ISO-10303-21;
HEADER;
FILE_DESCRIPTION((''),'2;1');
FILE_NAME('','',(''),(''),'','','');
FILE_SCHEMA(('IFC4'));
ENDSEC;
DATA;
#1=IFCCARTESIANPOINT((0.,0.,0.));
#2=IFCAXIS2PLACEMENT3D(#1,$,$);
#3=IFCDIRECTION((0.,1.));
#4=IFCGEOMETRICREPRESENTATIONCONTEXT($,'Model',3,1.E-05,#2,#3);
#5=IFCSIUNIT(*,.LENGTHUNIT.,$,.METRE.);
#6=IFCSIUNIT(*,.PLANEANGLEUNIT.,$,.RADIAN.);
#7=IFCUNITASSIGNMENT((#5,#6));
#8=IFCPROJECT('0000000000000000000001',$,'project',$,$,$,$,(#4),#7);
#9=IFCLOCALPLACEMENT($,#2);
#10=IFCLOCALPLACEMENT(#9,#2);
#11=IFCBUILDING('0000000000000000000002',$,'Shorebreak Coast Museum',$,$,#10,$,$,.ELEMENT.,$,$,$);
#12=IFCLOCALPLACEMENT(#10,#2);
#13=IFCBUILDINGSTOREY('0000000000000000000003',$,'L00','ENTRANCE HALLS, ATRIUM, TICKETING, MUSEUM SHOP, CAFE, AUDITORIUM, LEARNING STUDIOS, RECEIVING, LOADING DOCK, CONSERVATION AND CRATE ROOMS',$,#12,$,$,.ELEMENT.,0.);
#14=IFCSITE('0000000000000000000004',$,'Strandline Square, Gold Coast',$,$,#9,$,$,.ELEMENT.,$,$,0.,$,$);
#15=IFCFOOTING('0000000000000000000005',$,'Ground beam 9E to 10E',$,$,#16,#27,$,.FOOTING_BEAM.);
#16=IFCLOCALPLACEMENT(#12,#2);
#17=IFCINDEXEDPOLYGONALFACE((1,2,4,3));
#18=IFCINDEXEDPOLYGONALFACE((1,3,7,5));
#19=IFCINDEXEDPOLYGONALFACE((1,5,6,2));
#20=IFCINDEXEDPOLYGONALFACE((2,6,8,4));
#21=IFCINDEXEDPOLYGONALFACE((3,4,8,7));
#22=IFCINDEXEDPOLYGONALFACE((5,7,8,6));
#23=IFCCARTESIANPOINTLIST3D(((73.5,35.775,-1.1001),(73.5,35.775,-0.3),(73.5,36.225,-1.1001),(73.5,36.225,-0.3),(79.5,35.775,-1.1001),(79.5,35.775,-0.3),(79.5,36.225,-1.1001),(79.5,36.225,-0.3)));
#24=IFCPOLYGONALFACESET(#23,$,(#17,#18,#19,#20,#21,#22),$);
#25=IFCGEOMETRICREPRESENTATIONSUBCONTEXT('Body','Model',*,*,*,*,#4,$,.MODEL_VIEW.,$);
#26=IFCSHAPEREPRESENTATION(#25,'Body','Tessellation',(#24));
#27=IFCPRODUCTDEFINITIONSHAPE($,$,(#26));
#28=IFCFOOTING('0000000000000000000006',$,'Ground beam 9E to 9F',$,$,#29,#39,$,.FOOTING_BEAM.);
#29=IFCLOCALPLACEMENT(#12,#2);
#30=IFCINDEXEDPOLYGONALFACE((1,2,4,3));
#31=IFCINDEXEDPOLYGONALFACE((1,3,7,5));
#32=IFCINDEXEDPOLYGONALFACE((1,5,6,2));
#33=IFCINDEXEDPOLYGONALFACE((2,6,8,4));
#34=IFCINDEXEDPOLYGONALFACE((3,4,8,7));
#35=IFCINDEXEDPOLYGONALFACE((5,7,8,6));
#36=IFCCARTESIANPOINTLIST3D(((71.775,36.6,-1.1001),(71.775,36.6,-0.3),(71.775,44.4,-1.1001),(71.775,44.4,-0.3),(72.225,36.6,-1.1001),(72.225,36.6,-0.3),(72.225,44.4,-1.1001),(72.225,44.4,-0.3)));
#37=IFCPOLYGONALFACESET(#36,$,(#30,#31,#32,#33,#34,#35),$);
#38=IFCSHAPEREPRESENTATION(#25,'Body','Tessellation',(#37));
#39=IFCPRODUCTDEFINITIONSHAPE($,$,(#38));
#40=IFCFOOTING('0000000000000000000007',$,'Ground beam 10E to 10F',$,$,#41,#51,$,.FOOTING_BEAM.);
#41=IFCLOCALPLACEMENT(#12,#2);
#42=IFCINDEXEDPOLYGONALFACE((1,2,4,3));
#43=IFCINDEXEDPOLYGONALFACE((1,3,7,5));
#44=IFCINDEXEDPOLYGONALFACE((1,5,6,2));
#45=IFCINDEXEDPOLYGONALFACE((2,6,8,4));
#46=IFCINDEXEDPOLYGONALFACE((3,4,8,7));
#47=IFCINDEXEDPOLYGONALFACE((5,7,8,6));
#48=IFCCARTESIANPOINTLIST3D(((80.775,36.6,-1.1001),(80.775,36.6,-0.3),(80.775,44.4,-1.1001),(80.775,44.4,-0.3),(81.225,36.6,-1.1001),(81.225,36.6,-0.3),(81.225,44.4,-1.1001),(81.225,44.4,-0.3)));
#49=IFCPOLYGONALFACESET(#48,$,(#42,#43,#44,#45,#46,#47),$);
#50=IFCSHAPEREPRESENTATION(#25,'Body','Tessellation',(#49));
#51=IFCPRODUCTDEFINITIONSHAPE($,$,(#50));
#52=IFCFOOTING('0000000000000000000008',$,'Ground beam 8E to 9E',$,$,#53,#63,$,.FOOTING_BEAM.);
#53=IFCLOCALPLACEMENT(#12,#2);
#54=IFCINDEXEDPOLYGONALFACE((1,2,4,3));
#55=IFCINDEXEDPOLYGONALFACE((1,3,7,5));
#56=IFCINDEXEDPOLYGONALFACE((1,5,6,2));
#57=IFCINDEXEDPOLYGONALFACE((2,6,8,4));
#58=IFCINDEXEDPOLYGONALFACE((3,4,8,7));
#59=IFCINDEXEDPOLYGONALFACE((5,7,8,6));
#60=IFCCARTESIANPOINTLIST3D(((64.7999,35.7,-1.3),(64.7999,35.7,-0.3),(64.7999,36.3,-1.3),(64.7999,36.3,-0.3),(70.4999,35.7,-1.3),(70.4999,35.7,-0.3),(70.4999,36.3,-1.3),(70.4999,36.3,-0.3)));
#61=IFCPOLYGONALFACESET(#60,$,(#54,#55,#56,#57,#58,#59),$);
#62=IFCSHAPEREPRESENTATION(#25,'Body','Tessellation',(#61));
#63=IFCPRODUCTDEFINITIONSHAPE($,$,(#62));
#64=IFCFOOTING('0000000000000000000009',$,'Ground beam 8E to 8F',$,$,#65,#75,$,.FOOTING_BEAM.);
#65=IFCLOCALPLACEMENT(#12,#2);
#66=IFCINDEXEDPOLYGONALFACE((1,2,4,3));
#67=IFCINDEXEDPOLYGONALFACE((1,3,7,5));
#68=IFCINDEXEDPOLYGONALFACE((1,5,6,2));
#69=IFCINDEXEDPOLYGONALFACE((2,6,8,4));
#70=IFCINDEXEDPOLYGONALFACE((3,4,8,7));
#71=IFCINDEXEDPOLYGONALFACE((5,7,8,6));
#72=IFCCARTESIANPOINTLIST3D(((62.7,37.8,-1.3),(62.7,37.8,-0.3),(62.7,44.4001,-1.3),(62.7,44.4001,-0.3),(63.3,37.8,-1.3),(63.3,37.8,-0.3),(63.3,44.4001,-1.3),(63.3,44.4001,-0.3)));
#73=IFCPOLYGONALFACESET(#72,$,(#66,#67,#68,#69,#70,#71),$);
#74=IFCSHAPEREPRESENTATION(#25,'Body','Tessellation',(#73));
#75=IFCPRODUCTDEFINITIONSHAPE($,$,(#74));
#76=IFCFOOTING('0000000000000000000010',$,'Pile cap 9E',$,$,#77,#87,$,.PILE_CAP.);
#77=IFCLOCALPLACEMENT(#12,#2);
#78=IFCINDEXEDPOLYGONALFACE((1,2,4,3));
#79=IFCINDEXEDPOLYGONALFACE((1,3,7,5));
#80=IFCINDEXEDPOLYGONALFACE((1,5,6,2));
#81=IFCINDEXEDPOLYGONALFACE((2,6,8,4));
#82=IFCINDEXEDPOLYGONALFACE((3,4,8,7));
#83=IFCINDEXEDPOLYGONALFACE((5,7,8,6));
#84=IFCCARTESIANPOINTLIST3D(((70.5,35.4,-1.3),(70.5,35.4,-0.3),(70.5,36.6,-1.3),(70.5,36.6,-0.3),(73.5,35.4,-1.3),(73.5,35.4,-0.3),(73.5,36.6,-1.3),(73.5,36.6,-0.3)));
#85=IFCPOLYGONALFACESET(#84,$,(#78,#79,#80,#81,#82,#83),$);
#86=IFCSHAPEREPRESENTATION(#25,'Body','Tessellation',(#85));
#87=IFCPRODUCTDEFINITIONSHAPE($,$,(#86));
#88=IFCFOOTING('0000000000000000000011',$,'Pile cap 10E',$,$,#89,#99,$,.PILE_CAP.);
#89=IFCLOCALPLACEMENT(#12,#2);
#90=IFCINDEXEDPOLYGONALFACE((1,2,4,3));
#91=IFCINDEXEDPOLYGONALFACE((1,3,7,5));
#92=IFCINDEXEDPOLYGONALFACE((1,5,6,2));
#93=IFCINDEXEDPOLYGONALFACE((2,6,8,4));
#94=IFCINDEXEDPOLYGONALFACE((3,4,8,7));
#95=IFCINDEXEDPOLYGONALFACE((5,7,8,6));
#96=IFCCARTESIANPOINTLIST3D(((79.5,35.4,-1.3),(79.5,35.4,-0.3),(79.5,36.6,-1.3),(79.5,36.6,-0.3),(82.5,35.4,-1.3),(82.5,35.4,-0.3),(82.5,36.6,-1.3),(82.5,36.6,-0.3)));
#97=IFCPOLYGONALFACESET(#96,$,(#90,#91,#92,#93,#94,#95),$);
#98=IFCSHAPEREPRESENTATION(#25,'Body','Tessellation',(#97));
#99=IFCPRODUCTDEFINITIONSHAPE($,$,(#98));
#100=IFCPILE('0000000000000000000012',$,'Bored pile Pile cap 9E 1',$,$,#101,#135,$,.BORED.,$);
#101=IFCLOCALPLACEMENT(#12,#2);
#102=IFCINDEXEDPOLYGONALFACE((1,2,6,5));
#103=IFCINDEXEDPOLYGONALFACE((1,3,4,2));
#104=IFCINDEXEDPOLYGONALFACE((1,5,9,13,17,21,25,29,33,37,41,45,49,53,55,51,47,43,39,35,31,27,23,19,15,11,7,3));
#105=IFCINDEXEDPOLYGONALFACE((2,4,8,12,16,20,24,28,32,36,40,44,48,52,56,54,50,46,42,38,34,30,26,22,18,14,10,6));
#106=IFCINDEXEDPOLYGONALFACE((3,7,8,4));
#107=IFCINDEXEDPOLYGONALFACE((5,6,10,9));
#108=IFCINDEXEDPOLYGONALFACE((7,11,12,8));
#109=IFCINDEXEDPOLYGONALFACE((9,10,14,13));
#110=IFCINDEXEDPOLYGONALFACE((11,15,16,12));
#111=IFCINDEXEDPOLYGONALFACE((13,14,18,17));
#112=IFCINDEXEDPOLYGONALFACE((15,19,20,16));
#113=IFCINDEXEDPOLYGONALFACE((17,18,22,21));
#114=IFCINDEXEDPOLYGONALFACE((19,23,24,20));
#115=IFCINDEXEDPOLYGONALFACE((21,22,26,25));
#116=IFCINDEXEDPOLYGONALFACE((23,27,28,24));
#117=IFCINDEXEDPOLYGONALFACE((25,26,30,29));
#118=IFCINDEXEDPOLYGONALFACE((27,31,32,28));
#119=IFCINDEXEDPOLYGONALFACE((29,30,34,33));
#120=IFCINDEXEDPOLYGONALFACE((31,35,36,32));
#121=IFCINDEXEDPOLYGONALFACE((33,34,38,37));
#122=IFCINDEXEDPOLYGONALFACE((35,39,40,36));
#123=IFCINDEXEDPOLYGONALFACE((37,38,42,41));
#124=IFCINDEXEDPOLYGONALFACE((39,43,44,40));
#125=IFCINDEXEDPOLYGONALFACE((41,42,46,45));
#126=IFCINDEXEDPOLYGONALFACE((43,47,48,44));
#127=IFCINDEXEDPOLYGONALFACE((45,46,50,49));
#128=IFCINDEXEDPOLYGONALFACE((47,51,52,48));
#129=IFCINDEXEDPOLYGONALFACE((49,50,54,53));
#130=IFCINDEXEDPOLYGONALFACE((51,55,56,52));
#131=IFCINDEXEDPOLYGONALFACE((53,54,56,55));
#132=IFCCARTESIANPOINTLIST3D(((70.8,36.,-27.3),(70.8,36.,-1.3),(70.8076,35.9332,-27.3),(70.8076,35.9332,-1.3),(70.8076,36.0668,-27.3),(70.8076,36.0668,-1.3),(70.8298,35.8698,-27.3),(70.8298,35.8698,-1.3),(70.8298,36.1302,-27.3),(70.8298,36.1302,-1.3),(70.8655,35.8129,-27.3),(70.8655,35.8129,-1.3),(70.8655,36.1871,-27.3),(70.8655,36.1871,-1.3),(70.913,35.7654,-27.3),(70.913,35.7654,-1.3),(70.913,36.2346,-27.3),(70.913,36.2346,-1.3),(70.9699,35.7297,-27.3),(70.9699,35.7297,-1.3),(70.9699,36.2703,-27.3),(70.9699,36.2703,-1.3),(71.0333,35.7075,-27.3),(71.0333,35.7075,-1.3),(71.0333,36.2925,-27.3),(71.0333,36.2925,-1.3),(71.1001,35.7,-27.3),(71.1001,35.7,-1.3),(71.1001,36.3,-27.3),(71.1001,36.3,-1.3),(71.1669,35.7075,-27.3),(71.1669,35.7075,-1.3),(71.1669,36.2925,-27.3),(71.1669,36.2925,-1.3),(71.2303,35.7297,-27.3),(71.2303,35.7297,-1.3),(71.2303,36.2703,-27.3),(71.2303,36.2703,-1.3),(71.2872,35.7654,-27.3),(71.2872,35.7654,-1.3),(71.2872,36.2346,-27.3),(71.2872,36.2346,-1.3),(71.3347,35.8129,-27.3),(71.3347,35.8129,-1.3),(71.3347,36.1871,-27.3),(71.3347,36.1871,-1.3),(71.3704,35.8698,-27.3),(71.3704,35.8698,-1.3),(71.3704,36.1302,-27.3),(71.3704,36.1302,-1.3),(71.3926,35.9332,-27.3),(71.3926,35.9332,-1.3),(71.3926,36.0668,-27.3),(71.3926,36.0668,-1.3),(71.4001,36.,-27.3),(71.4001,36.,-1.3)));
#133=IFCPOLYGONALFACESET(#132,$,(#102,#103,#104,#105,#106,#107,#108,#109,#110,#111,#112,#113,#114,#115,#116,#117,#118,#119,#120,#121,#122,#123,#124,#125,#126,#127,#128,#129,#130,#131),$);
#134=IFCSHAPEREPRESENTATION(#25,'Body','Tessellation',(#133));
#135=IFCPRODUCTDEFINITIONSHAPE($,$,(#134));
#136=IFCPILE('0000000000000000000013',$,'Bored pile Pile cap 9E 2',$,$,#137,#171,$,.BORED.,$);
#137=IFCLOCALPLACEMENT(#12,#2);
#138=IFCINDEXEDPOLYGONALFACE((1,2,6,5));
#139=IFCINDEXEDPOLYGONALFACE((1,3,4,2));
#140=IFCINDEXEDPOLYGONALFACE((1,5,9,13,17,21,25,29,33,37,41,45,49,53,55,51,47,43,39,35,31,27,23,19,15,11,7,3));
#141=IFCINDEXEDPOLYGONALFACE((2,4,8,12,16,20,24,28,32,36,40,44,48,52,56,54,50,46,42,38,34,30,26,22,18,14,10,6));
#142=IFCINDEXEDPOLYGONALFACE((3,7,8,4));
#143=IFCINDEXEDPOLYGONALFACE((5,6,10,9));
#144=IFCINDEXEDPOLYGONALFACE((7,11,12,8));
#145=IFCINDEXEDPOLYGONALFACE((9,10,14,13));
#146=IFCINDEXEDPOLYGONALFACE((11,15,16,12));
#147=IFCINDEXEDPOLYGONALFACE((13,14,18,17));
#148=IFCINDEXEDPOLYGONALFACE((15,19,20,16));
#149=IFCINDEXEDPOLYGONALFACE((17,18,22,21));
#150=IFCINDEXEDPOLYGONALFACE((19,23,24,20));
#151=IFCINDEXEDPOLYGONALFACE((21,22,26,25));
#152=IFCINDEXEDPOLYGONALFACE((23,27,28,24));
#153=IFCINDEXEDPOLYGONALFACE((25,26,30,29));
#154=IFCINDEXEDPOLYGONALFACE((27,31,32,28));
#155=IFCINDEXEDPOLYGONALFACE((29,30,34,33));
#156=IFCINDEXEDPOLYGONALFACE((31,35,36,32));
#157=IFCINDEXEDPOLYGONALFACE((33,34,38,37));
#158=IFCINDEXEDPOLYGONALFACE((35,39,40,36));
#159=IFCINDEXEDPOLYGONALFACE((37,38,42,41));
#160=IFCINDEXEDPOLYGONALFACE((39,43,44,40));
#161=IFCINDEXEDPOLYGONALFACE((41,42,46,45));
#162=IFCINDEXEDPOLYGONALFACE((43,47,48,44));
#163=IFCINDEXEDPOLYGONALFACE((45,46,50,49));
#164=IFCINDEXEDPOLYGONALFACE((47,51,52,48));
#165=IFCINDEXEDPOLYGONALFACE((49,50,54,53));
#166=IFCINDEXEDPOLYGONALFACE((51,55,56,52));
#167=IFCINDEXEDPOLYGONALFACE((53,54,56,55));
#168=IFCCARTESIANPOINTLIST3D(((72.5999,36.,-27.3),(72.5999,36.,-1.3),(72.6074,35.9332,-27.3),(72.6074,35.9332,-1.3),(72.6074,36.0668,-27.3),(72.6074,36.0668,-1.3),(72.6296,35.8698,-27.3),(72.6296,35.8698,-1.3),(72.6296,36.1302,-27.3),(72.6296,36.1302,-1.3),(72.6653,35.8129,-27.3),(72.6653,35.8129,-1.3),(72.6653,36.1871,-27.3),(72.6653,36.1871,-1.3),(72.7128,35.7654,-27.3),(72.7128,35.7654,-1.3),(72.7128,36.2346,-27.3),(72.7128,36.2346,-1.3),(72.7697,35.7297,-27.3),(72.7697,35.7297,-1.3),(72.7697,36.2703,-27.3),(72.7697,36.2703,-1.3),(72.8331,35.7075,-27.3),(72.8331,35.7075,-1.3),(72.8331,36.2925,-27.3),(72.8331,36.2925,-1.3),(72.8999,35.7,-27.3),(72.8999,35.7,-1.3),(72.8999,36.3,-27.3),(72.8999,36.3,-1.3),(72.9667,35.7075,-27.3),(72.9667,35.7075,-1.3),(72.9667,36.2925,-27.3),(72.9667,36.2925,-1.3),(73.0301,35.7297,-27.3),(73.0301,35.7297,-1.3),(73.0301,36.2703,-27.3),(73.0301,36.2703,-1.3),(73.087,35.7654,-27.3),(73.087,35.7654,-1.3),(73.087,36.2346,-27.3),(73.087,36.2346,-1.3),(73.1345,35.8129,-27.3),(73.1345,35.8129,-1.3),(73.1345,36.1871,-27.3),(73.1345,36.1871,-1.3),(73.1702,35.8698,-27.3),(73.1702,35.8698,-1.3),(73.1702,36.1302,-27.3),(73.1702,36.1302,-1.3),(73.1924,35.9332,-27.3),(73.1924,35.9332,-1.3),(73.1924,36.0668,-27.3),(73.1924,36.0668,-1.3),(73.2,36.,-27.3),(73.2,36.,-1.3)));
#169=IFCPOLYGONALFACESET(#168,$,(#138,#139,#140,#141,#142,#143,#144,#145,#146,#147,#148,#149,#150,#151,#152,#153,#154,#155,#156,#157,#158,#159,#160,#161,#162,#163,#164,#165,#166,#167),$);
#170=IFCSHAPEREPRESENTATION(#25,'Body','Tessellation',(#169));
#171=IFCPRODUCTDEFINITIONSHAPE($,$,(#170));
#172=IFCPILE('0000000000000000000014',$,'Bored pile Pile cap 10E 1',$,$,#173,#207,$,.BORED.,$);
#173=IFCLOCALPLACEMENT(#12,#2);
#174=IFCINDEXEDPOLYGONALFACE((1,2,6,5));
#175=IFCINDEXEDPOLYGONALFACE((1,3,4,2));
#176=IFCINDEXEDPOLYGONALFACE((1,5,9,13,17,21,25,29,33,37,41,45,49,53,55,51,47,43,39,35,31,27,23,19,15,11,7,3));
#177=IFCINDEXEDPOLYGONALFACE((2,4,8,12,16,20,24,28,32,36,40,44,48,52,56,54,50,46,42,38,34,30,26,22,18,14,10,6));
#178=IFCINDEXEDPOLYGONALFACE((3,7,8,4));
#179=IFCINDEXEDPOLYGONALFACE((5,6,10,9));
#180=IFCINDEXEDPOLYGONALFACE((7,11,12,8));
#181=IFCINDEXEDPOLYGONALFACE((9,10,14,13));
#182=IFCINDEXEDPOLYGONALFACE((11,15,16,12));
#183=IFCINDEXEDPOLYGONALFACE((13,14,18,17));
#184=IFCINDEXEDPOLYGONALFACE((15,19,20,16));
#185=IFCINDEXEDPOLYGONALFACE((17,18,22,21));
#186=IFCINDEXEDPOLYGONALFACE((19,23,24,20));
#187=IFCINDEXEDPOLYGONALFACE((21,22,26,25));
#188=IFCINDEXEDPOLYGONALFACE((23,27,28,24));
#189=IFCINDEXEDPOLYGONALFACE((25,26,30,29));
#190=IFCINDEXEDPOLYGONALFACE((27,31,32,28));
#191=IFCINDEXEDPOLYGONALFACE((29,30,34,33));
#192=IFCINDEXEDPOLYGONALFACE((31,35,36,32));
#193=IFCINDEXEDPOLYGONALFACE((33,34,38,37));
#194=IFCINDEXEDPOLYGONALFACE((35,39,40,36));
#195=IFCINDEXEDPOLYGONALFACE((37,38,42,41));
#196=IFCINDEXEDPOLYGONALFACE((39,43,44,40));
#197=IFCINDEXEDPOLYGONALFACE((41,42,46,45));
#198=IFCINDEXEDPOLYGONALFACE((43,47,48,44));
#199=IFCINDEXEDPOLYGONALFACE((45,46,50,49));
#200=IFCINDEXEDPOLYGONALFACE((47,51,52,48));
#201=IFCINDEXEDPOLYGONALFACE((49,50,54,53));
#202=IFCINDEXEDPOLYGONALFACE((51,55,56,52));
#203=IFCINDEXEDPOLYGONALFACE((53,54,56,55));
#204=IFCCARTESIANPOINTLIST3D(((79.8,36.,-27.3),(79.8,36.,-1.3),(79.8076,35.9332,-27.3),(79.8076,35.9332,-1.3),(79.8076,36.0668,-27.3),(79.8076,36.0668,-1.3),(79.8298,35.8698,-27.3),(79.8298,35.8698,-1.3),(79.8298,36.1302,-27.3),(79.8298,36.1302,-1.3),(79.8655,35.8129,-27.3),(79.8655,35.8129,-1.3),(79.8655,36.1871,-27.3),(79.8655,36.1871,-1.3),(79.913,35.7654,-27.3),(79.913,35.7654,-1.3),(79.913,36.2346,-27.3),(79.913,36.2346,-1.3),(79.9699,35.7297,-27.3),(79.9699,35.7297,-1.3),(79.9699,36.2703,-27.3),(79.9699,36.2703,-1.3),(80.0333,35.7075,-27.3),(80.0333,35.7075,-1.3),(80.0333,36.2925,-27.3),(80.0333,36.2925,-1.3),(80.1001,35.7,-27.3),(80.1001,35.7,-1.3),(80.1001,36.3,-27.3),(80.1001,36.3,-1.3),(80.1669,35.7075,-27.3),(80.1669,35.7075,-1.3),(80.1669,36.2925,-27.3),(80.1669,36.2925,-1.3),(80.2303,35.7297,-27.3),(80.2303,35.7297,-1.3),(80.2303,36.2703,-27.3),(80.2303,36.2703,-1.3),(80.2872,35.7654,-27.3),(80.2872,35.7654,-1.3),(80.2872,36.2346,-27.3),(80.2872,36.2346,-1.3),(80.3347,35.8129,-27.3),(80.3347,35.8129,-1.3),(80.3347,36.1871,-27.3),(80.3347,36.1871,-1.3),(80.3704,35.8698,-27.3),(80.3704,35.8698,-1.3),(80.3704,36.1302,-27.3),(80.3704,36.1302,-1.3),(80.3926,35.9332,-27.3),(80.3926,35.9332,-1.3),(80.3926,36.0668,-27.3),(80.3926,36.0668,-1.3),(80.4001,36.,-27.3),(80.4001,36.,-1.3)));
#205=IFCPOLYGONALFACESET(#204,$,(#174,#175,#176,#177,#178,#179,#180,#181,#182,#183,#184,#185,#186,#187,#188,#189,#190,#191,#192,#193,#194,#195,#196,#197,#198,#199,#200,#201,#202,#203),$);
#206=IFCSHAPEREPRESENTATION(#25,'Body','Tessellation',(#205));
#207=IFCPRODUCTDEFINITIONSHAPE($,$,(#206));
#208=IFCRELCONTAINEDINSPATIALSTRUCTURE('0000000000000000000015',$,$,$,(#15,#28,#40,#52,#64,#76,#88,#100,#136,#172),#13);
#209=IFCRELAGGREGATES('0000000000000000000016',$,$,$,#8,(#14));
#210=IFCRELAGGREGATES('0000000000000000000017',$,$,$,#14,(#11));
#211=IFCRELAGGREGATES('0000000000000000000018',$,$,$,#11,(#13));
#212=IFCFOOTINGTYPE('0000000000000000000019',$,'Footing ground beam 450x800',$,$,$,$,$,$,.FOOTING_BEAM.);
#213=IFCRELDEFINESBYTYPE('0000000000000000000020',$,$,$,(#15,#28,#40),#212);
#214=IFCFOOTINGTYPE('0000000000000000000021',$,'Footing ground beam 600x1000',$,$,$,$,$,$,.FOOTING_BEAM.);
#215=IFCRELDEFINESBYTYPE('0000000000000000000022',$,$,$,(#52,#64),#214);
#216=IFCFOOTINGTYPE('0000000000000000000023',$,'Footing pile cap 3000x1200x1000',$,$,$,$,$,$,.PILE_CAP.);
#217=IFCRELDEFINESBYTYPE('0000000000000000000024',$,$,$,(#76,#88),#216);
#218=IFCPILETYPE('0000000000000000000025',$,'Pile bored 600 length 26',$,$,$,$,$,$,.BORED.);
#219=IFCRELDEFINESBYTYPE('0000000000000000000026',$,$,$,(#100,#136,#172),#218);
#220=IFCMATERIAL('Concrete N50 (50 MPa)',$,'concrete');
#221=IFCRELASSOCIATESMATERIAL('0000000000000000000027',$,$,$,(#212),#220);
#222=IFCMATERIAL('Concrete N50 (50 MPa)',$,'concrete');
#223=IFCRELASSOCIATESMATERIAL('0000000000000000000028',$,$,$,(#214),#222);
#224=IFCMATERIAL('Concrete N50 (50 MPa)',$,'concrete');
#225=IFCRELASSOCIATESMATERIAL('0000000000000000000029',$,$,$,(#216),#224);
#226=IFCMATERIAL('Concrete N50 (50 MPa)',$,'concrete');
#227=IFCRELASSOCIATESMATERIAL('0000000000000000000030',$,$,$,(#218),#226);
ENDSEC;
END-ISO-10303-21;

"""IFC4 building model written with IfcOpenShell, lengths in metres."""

from ifc_helpers import new_model, si_unit, direction, frame, origin, origin_2d, place, context, subcontext, project, spatial, rectangle, circle, extrude, material, material_profile, profile_set, type_object, element, save


model = new_model("IFC4")

# Units and contexts
model_context = context("Model", 3, precision=1e-05, world=origin(), true_north=direction((0.0, 1.0)))
body_context = subcontext(model_context, "Body", "Model", "MODEL_VIEW")
ifc_project = project(units=[si_unit("LENGTHUNIT", "METRE"), si_unit("PLANEANGLEUNIT", "RADIAN")], contexts=[model_context])

# Site, building, storey
site_placement = place(None, origin())
site = spatial("IfcSite", under=ifc_project, at=site_placement, Name="Strandline Square, Gold Coast", CompositionType="ELEMENT", RefElevation=0.0)
building_placement = place(site_placement, origin())
building = spatial("IfcBuilding", under=site, at=building_placement, Name="Shorebreak Coast Museum", CompositionType="ELEMENT")
storey_placement = place(building_placement, origin())
storey = spatial("IfcBuildingStorey", under=building, at=storey_placement, Name="L00", Description="ENTRANCE HALLS, ATRIUM, TICKETING, MUSEUM SHOP, CAFE, AUDITORIUM, LEARNING STUDIOS, RECEIVING, LOADING DOCK, CONSERVATION AND CRATE ROOMS", CompositionType="ELEMENT", Elevation=0.0)

# Footings
ifc_material_1 = material(Name="Concrete N50 (50 MPa)", Category="concrete")
footing_type_1 = type_object("IfcFootingType", Name="Footing ground beam 450x800", PredefinedType="FOOTING_BEAM", material=ifc_material_1)
footing_1_placement = place(storey_placement, frame((76.5, 36.0, -1.1001), z_axis=(0.0, 0.0, 1.0), x_axis=(1.0, 0.0, 0.0)))
element("IfcFooting", 1, at=footing_1_placement, inside=storey, type_object=footing_type_1, Name="Ground beam 9E to 10E", PredefinedType="FOOTING_BEAM", context=body_context, shape_type="SweptSolid", body=[
    extrude(rectangle(XDim=6.0, YDim=0.45, at=origin_2d()), origin(), (0.0, 0.0, 1.0), 0.8),
])
for number, where, z_axis, x_axis, name in (
    (2, (72.0, 40.5, -1.1001), (0.0, 0.0, 1.0), (1.0, 0.0, 0.0), "Ground beam 9E to 9F"),
    (3, (81.0, 40.5, -1.1001), (0.0, 0.0, 1.0), (1.0, 0.0, 0.0), "Ground beam 10E to 10F"),
):
    element("IfcFooting", number, at=place(storey_placement, frame(where, z_axis=z_axis, x_axis=x_axis)), inside=storey, type_object=footing_type_1, Name=name, PredefinedType="FOOTING_BEAM", context=body_context, shape_type="SweptSolid", body=[
        extrude(rectangle(XDim=0.45, YDim=7.8, at=origin_2d()), origin(), (0.0, 0.0, 1.0), 0.8),
    ])
ifc_material_2 = material(Name="Concrete N50 (50 MPa)", Category="concrete")
footing_type_2 = type_object("IfcFootingType", Name="Footing ground beam 600x1000", PredefinedType="FOOTING_BEAM", material=ifc_material_2)
footing_2_placement = place(storey_placement, frame((67.6499, 36.0, -1.3), z_axis=(0.0, 0.0, 1.0), x_axis=(1.0, 0.0, 0.0)))
element("IfcFooting", 4, at=footing_2_placement, inside=storey, type_object=footing_type_2, Name="Ground beam 8E to 9E", PredefinedType="FOOTING_BEAM", context=body_context, shape_type="SweptSolid", body=[
    extrude(rectangle(XDim=5.7, YDim=0.6001, at=origin_2d()), origin(), (0.0, 0.0, 1.0), 1.0),
])
footing_3_placement = place(storey_placement, frame((63.0, 41.1001, -1.3), z_axis=(0.0, 0.0, 1.0), x_axis=(1.0, 0.0, 0.0)))
element("IfcFooting", 5, at=footing_3_placement, inside=storey, type_object=footing_type_2, Name="Ground beam 8E to 8F", PredefinedType="FOOTING_BEAM", context=body_context, shape_type="SweptSolid", body=[
    extrude(rectangle(XDim=0.6001, YDim=6.6001, at=origin_2d()), origin(), (0.0, 0.0, 1.0), 1.0),
])
ifc_material_3 = material(Name="Concrete N50 (50 MPa)", Category="concrete")
footing_type_3 = type_object("IfcFootingType", Name="Footing pile cap 3000x1200x1000", PredefinedType="PILE_CAP", material=ifc_material_3)
for number, where, z_axis, x_axis, name in (
    (6, (72.0, 36.0, -1.3), (0.0, 0.0, 1.0), (1.0, 0.0, 0.0), "Pile cap 9E"),
    (7, (81.0, 36.0, -1.3), (0.0, 0.0, 1.0), (1.0, 0.0, 0.0), "Pile cap 10E"),
):
    element("IfcFooting", number, at=place(storey_placement, frame(where, z_axis=z_axis, x_axis=x_axis)), inside=storey, type_object=footing_type_3, Name=name, PredefinedType="PILE_CAP", context=body_context, shape_type="SweptSolid", body=[
        extrude(rectangle(XDim=3.0, YDim=1.2, at=origin_2d()), origin(), (0.0, 0.0, 1.0), 1.0),
    ])

# Piles
ifc_material_4 = material(Name="Concrete N50 (50 MPa)", Category="concrete")
ifc_material_profile_1 = material_profile(ifc_material_4, circle(Radius=0.3, at=origin_2d()), Name="Pile bored 600 length 26")
ifc_profile_set_1 = profile_set([ifc_material_profile_1], Name="Concrete N50 (50 MPa)")
pile_type_1 = type_object("IfcPileType", Name="Pile bored 600 length 26", PredefinedType="BORED", material=ifc_profile_set_1)
for number, where, z_axis, x_axis, name in (
    (8, (71.1001, 36.0, -1.3), (0.0, 0.0, -1.0), (1.0, 0.0, 0.0), "Bored pile Pile cap 9E 1"),
    (9, (72.8999, 36.0, -1.3), (0.0, 0.0, -1.0), (1.0, 0.0, 0.0), "Bored pile Pile cap 9E 2"),
    (10, (80.1001, 36.0, -1.3), (0.0, 0.0, -1.0), (1.0, 0.0, 0.0), "Bored pile Pile cap 10E 1"),
):
    element("IfcPile", number, at=place(storey_placement, frame(where, z_axis=z_axis, x_axis=x_axis)), inside=storey, type_object=pile_type_1, Name=name, PredefinedType="BORED", context=body_context, shape_type="SweptSolid", body=[
        extrude(circle(Radius=0.3, at=origin_2d()), origin(), (0.0, 0.0, 1.0), 26.0),
    ])

save(model, "model.ifc")
